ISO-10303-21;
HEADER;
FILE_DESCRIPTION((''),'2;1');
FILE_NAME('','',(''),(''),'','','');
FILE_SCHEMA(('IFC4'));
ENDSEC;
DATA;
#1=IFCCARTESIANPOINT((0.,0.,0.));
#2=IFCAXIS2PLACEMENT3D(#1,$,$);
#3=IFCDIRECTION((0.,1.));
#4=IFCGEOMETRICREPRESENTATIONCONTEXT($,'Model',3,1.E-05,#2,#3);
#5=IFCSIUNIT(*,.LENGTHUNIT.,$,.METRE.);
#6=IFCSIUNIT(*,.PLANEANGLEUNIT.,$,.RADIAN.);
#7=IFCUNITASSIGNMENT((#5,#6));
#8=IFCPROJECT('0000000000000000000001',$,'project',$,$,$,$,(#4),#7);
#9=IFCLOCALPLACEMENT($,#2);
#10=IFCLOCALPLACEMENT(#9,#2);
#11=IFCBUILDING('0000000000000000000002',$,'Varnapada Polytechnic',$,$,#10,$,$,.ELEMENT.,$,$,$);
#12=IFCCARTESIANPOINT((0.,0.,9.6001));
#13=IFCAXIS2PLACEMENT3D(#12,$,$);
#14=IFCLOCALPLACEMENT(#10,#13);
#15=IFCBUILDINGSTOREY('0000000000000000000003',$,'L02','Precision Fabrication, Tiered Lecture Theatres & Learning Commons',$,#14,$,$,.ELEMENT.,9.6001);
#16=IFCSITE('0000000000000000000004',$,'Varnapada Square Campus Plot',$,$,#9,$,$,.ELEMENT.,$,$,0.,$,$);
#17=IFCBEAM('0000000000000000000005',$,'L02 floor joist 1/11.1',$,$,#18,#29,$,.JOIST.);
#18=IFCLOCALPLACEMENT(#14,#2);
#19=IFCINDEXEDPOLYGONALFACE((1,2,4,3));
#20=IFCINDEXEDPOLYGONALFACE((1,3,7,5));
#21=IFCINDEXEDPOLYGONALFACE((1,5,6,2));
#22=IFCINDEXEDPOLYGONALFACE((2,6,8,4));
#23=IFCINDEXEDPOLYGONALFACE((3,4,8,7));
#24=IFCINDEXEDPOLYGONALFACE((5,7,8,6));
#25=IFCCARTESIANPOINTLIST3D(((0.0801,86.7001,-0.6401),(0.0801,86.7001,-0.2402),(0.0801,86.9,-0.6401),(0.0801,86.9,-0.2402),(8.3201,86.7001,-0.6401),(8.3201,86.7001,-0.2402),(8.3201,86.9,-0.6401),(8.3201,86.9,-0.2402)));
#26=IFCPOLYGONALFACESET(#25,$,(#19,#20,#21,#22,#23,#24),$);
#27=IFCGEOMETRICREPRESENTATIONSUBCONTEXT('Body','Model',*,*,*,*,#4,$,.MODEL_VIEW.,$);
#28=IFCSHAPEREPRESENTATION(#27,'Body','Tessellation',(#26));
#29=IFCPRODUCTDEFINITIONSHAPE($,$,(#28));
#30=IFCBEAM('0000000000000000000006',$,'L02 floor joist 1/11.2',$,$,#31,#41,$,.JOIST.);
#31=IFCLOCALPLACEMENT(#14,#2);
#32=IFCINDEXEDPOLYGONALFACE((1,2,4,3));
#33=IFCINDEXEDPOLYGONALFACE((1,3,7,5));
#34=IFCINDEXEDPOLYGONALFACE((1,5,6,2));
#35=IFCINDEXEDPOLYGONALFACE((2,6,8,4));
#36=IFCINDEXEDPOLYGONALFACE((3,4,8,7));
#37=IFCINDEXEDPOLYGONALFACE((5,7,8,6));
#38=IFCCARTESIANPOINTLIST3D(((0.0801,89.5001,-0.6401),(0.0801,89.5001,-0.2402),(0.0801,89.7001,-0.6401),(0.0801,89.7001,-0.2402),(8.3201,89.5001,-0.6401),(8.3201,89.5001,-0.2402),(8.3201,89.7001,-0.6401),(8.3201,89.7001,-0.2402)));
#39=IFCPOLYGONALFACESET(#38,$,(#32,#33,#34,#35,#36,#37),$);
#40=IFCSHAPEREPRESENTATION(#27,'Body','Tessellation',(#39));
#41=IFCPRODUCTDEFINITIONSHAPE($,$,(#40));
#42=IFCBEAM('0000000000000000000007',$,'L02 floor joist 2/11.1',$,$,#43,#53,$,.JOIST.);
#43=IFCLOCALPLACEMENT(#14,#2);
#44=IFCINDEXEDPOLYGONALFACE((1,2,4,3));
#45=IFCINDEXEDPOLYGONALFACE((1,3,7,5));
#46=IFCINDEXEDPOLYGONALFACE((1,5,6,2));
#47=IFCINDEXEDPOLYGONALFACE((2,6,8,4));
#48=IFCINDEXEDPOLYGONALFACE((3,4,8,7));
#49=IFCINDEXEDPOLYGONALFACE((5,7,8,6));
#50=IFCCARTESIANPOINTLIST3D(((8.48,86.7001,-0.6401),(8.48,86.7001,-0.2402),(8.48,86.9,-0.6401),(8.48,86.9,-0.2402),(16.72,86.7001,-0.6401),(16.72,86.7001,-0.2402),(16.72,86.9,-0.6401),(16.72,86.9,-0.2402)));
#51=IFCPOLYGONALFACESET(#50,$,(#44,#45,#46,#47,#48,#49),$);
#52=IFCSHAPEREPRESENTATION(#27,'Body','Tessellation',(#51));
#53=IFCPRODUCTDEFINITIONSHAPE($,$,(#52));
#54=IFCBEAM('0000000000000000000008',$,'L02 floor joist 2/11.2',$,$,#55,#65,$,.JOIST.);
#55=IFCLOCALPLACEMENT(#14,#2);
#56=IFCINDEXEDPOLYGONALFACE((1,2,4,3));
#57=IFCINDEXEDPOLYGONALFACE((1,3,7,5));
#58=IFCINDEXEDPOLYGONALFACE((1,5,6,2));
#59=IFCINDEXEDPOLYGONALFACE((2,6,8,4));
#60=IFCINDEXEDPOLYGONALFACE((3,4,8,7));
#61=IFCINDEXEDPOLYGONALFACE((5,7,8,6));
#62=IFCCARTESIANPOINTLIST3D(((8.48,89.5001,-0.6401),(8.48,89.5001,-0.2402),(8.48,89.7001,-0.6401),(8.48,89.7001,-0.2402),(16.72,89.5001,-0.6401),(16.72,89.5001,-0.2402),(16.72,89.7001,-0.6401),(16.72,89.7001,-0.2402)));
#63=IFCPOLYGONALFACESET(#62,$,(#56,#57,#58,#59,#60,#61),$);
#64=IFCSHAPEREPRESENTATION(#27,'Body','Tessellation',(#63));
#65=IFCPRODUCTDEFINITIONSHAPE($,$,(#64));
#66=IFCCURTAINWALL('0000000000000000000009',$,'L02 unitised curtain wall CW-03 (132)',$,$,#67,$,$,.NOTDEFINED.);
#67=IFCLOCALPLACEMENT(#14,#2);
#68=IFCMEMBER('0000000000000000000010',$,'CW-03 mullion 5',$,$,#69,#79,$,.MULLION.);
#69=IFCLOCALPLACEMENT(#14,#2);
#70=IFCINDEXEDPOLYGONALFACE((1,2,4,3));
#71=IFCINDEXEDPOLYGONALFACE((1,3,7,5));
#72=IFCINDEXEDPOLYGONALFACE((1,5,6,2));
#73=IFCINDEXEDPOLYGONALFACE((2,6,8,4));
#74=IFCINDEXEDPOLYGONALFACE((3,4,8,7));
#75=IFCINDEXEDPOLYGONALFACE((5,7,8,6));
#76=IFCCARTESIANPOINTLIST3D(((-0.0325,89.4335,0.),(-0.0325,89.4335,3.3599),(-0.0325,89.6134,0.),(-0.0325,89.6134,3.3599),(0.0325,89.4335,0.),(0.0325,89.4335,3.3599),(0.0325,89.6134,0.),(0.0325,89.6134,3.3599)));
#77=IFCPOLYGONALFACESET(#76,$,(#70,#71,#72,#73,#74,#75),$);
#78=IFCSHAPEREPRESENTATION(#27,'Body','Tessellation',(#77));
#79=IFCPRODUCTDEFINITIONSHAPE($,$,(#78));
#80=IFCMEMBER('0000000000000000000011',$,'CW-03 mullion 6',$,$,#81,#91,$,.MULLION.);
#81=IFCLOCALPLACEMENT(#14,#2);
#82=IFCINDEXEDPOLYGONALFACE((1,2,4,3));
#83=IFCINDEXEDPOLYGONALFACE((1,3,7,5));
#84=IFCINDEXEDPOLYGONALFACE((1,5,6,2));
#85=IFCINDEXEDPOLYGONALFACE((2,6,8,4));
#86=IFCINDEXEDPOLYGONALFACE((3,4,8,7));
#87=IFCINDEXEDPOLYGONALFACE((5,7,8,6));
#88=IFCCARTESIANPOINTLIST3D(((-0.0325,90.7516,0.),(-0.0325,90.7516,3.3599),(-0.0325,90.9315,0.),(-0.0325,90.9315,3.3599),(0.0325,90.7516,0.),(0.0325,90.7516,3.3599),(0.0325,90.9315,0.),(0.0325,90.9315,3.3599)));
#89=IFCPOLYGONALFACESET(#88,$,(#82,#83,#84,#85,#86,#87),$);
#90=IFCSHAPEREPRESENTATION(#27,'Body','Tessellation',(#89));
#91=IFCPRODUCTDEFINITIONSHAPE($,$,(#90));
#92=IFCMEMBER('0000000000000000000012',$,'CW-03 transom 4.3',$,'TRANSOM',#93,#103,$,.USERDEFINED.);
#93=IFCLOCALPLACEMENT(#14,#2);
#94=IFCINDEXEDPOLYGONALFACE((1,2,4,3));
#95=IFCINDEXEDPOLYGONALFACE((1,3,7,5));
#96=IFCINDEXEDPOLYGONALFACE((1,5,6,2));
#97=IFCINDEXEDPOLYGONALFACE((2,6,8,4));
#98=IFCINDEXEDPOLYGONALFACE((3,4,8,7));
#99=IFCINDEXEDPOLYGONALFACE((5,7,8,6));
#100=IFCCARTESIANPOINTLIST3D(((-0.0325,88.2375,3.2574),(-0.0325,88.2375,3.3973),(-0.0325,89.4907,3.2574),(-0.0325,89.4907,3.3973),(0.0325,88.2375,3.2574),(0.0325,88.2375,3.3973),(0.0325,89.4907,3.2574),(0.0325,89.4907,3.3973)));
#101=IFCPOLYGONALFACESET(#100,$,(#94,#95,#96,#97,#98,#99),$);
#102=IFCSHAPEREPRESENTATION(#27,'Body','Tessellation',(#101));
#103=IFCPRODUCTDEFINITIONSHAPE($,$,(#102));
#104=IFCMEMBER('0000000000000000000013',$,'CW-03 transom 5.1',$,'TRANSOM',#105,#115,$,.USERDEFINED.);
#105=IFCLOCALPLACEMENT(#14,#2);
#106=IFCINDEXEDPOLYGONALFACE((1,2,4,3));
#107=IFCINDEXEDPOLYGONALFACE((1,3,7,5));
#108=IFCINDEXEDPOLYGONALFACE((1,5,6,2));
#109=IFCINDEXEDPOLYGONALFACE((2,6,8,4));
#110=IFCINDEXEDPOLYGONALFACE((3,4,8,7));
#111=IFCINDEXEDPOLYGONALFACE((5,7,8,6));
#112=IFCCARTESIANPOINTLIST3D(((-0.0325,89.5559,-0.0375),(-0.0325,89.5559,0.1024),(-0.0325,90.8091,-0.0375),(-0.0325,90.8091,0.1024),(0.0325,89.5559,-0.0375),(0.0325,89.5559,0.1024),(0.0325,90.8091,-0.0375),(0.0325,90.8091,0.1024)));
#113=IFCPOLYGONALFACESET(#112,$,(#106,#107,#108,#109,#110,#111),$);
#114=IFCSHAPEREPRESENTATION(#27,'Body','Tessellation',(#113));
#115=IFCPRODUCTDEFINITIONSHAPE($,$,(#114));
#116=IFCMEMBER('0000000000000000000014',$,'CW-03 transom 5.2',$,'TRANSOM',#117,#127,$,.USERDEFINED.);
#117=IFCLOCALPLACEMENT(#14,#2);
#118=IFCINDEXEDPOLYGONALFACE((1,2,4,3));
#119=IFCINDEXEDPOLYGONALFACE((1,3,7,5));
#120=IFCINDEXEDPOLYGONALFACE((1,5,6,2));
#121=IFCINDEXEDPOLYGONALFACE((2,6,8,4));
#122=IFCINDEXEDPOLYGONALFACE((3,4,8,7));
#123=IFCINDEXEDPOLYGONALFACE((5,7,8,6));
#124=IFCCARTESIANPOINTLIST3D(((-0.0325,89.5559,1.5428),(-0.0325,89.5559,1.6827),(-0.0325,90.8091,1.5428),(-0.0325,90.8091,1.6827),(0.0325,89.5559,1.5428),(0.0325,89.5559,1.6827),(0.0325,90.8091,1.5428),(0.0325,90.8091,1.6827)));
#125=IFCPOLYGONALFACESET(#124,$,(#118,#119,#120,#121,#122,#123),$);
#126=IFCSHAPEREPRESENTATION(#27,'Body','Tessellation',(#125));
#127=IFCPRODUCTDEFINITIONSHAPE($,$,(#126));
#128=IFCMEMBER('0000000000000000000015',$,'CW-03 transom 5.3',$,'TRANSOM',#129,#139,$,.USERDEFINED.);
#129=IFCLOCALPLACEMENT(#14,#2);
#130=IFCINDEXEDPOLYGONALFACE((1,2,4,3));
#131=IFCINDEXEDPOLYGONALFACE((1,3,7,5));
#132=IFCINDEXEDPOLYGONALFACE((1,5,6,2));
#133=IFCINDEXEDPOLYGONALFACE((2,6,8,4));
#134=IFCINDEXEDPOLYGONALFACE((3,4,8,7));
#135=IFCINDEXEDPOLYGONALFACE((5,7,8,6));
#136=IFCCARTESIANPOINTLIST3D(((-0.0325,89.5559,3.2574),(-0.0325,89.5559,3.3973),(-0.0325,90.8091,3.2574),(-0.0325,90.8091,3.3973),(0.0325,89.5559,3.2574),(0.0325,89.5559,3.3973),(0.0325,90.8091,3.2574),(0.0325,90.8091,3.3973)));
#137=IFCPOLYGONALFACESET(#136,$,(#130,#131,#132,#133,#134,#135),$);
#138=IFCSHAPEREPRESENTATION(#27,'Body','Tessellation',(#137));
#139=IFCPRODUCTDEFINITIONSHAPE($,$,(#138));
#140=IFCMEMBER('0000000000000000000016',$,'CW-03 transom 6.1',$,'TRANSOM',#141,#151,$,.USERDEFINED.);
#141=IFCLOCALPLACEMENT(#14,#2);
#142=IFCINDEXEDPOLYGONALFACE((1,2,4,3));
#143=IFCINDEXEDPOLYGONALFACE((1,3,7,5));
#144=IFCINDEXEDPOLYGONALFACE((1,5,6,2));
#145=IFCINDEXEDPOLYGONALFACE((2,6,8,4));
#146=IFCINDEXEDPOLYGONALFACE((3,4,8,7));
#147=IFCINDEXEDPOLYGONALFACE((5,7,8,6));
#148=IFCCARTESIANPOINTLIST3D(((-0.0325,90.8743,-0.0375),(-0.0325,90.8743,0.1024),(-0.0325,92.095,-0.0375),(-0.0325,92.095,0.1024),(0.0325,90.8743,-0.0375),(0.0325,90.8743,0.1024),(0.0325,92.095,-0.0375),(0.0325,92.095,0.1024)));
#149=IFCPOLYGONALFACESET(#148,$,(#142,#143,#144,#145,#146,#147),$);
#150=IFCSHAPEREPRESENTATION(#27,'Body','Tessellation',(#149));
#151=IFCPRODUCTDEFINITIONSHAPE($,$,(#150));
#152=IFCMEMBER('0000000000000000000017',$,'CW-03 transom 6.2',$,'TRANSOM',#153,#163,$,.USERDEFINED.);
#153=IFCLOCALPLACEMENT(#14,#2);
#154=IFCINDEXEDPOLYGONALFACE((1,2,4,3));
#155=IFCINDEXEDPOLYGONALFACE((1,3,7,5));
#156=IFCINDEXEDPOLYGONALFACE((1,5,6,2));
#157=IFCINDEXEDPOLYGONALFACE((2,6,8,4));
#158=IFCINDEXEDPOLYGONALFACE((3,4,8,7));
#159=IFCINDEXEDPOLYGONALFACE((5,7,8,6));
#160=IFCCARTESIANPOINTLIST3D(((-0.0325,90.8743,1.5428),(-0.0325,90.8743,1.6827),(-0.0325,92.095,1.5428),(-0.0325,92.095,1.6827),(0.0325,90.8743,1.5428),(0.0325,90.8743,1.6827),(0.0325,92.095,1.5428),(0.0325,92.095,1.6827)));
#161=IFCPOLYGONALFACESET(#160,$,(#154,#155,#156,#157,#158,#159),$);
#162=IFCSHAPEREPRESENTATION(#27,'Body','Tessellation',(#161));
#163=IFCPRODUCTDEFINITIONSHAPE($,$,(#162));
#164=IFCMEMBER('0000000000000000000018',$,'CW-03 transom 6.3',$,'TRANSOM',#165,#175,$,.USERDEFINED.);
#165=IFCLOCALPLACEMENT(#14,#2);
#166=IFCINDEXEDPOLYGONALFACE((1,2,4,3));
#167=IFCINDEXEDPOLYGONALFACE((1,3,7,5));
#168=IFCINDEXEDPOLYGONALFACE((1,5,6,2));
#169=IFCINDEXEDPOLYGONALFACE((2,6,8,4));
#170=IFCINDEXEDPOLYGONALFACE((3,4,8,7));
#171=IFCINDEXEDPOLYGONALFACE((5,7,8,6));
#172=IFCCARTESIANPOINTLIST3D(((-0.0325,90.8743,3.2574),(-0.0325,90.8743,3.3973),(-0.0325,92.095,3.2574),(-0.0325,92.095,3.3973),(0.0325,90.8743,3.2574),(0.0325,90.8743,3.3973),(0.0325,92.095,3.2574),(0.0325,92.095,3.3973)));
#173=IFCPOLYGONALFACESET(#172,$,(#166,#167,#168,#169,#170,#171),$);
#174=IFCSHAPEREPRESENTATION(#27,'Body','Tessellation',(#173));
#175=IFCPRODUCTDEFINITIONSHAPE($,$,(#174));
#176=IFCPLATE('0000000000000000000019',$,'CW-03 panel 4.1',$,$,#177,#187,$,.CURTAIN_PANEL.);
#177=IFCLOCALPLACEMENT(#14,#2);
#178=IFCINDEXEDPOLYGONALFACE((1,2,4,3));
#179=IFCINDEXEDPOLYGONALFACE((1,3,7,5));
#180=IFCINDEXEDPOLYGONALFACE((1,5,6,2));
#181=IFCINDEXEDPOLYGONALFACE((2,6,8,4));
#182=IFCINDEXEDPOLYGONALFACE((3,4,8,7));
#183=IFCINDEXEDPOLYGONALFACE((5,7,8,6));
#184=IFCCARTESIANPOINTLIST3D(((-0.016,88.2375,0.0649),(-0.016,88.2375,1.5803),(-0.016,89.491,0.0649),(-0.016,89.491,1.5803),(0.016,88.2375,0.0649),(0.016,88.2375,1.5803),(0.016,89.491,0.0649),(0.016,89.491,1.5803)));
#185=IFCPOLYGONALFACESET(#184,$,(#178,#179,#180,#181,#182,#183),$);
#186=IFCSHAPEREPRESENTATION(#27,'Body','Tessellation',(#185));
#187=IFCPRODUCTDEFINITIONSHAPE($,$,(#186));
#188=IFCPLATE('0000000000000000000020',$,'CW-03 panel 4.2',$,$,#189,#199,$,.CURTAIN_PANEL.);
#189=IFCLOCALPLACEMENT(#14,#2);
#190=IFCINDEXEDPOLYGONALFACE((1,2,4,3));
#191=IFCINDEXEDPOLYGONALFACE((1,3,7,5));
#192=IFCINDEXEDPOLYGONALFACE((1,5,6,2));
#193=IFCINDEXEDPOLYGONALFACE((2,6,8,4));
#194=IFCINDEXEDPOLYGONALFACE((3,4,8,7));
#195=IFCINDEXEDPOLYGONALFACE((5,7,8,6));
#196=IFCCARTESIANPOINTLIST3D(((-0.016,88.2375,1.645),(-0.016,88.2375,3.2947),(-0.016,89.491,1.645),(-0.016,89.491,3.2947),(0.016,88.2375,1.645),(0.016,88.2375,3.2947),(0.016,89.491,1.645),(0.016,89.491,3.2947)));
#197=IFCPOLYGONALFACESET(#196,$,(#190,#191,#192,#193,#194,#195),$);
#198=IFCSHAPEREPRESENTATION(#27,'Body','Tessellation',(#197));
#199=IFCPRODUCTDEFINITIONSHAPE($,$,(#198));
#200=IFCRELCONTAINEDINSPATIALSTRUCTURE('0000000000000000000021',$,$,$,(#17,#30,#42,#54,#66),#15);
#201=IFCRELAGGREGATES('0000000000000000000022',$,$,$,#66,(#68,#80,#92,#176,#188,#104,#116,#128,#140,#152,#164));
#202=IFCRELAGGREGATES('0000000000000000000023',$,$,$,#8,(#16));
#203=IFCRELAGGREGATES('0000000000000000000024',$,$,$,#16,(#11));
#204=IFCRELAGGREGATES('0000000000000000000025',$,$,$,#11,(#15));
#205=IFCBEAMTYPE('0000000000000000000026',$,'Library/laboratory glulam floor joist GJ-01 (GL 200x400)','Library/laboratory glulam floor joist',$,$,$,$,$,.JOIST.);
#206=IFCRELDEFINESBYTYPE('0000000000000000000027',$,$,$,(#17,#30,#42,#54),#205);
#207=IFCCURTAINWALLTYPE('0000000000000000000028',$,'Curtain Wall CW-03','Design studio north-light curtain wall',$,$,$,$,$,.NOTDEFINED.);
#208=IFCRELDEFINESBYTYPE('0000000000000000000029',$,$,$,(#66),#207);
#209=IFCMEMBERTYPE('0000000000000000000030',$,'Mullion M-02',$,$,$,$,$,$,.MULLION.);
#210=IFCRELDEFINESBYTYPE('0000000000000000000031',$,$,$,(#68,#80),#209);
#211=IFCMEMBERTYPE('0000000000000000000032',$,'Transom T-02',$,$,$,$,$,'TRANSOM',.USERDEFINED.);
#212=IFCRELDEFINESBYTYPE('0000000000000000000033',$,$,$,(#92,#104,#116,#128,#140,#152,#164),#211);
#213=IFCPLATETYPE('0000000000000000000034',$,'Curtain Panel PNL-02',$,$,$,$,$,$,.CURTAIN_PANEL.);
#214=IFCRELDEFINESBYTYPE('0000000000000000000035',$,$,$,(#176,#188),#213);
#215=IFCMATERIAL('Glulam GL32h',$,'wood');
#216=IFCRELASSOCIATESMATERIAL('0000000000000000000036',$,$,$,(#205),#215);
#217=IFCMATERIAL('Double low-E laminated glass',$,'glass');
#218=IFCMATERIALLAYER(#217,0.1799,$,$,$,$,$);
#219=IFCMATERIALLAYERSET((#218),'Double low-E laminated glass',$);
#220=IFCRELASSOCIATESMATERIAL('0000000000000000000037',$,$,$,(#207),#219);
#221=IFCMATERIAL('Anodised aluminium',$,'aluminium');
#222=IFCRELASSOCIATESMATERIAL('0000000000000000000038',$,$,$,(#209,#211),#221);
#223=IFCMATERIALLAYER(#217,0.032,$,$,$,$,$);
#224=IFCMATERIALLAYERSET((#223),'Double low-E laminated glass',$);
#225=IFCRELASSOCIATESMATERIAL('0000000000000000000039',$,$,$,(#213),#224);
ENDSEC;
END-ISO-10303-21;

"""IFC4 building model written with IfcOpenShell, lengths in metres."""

from ifc_helpers import new_model, si_unit, direction, frame, origin, origin_2d, place, context, subcontext, project, spatial, rectangle, extrude, material, layer, layer_set, material_profile, profile_set, type_object, element, aggregate, save


model = new_model("IFC4")

# Units and contexts
model_context = context("Model", 3, precision=1e-05, world=origin(), true_north=direction((0.0, 1.0)))
body_context = subcontext(model_context, "Body", "Model", "MODEL_VIEW")
ifc_project = project(units=[si_unit("LENGTHUNIT", "METRE"), si_unit("PLANEANGLEUNIT", "RADIAN")], contexts=[model_context])

# Site, building, storey
site_placement = place(None, origin())
site = spatial("IfcSite", under=ifc_project, at=site_placement, Name="Varnapada Square Campus Plot", CompositionType="ELEMENT", RefElevation=0.0)
building_placement = place(site_placement, origin())
building = spatial("IfcBuilding", under=site, at=building_placement, Name="Varnapada Polytechnic", CompositionType="ELEMENT")
storey_placement = place(building_placement, frame((0.0, 0.0, 9.6001)))
storey = spatial("IfcBuildingStorey", under=building, at=storey_placement, Name="L02", Description="Precision Fabrication, Tiered Lecture Theatres & Learning Commons", CompositionType="ELEMENT", Elevation=9.6001)

# Beams
ifc_material_1 = material(Name="Glulam GL32h", Category="wood")
ifc_material_profile_1 = material_profile(ifc_material_1, rectangle(XDim=0.2, YDim=0.3999, at=origin_2d()), Name="GL 200x400")
ifc_profile_set_1 = profile_set([ifc_material_profile_1], Name="Glulam GL32h")
beam_type = type_object("IfcBeamType", Name="Library/laboratory glulam floor joist GJ-01 (GL 200x400)", Description="Library/laboratory glulam floor joist", PredefinedType="JOIST", material=ifc_profile_set_1)
for number, where, z_axis, x_axis, name in (
    (1, (0.0801, 86.8, -0.4402), (1.0, 0.0, 0.0), (0.0, 1.0, 0.0), "L02 floor joist 1/11.1"),
    (2, (0.0801, 89.6001, -0.4402), (1.0, 0.0, 0.0), (0.0, 1.0, 0.0), "L02 floor joist 1/11.2"),
    (3, (8.48, 86.8, -0.4402), (1.0, 0.0, 0.0), (0.0, 1.0, 0.0), "L02 floor joist 2/11.1"),
    (4, (8.48, 89.6001, -0.4402), (1.0, 0.0, 0.0), (0.0, 1.0, 0.0), "L02 floor joist 2/11.2"),
):
    element("IfcBeam", number, at=place(storey_placement, frame(where, z_axis=z_axis, x_axis=x_axis)), inside=storey, type_object=beam_type, Name=name, PredefinedType="JOIST", context=body_context, shape_type="SweptSolid", body=[
        extrude(rectangle(XDim=0.2, YDim=0.3999, at=origin_2d()), origin(), (0.0, 0.0, 1.0), 8.24),
    ])

# Curtain wall, members, plates
ifc_material_2 = material(Name="Double low-E laminated glass", Category="glass")
ifc_layer_1 = layer(ifc_material_2, 0.1799)
ifc_layer_set_1 = layer_set([ifc_layer_1], Name="Double low-E laminated glass")
curtain_wall_type = type_object("IfcCurtainWallType", Name="Curtain Wall CW-03", Description="Design studio north-light curtain wall", PredefinedType="NOTDEFINED", material=ifc_layer_set_1)
curtain_wall_placement = place(storey_placement, origin())
curtain_wall = element("IfcCurtainWall", 5, at=curtain_wall_placement, inside=storey, type_object=curtain_wall_type, Name="L02 unitised curtain wall CW-03 (132)", PredefinedType="NOTDEFINED")
ifc_material_3 = material(Name="Anodised aluminium", Category="aluminium")
ifc_material_profile_2 = material_profile(ifc_material_3, rectangle(XDim=0.0649, YDim=0.1799, at=origin_2d()), Name="ALU M65x180")
ifc_profile_set_2 = profile_set([ifc_material_profile_2], Name="Anodised aluminium")
member_type_1 = type_object("IfcMemberType", Name="Mullion M-02", PredefinedType="MULLION", material=ifc_profile_set_2)
member_1_placement = place(storey_placement, frame((0.0, 89.5234, 0.0), z_axis=(0.0, 0.0, 1.0), x_axis=(-1.0, 0.0, 0.0)))
member_1 = element("IfcMember", 6, at=member_1_placement, type_object=member_type_1, Name="CW-03 mullion 5", PredefinedType="MULLION", context=body_context, shape_type="SweptSolid", body=[
    extrude(rectangle(XDim=0.0649, YDim=0.1799, at=origin_2d()), origin(), (0.0, 0.0, 1.0), 3.3599),
])
member_2_placement = place(storey_placement, frame((0.0, 90.8416, 0.0), z_axis=(0.0, 0.0, 1.0), x_axis=(-1.0, 0.0, 0.0)))
member_2 = element("IfcMember", 7, at=member_2_placement, type_object=member_type_1, Name="CW-03 mullion 6", PredefinedType="MULLION", context=body_context, shape_type="SweptSolid", body=[
    extrude(rectangle(XDim=0.0649, YDim=0.1799, at=origin_2d()), origin(), (0.0, 0.0, 1.0), 3.3599),
])
ifc_material_profile_3 = material_profile(ifc_material_3, rectangle(XDim=0.0649, YDim=0.1399, at=origin_2d()), Name="ALU T65x140")
ifc_profile_set_3 = profile_set([ifc_material_profile_3], Name="Anodised aluminium")
member_type_2 = type_object("IfcMemberType", Name="Transom T-02", ElementType="TRANSOM", PredefinedType="USERDEFINED", material=ifc_profile_set_3)
member_3_placement = place(storey_placement, frame((0.0, 88.2375, 3.3274), z_axis=(0.0, 1.0, 0.0), x_axis=(-1.0, 0.0, 0.0)))
member_3 = element("IfcMember", 8, at=member_3_placement, type_object=member_type_2, Name="CW-03 transom 4.3", ObjectType="TRANSOM", PredefinedType="USERDEFINED", context=body_context, shape_type="SweptSolid", body=[
    extrude(rectangle(XDim=0.0649, YDim=0.1399, at=origin_2d()), origin(), (0.0, 0.0, 1.0), 1.2532),
])
member_4_placement = place(storey_placement, frame((0.0, 89.5559, 0.0325), z_axis=(0.0, 1.0, 0.0), x_axis=(-1.0, 0.0, 0.0)))
member_4 = element("IfcMember", 9, at=member_4_placement, type_object=member_type_2, Name="CW-03 transom 5.1", ObjectType="TRANSOM", PredefinedType="USERDEFINED", context=body_context, shape_type="SweptSolid", body=[
    extrude(rectangle(XDim=0.0649, YDim=0.1399, at=origin_2d()), origin(), (0.0, 0.0, 1.0), 1.2532),
])
member_5_placement = place(storey_placement, frame((0.0, 89.5559, 1.6128), z_axis=(0.0, 1.0, 0.0), x_axis=(-1.0, 0.0, 0.0)))
member_5 = element("IfcMember", 10, at=member_5_placement, type_object=member_type_2, Name="CW-03 transom 5.2", ObjectType="TRANSOM", PredefinedType="USERDEFINED", context=body_context, shape_type="SweptSolid", body=[
    extrude(rectangle(XDim=0.0649, YDim=0.1399, at=origin_2d()), origin(), (0.0, 0.0, 1.0), 1.2532),
])
member_6_placement = place(storey_placement, frame((0.0, 89.5559, 3.3274), z_axis=(0.0, 1.0, 0.0), x_axis=(-1.0, 0.0, 0.0)))
member_6 = element("IfcMember", 11, at=member_6_placement, type_object=member_type_2, Name="CW-03 transom 5.3", ObjectType="TRANSOM", PredefinedType="USERDEFINED", context=body_context, shape_type="SweptSolid", body=[
    extrude(rectangle(XDim=0.0649, YDim=0.1399, at=origin_2d()), origin(), (0.0, 0.0, 1.0), 1.2532),
])
member_7_placement = place(storey_placement, frame((0.0, 90.8743, 0.0325), z_axis=(0.0, 1.0, 0.0), x_axis=(-1.0, 0.0, 0.0)))
member_7 = element("IfcMember", 12, at=member_7_placement, type_object=member_type_2, Name="CW-03 transom 6.1", ObjectType="TRANSOM", PredefinedType="USERDEFINED", context=body_context, shape_type="SweptSolid", body=[
    extrude(rectangle(XDim=0.0649, YDim=0.1399, at=origin_2d()), origin(), (0.0, 0.0, 1.0), 1.2207),
])
member_8_placement = place(storey_placement, frame((0.0, 90.8743, 1.6128), z_axis=(0.0, 1.0, 0.0), x_axis=(-1.0, 0.0, 0.0)))
member_8 = element("IfcMember", 13, at=member_8_placement, type_object=member_type_2, Name="CW-03 transom 6.2", ObjectType="TRANSOM", PredefinedType="USERDEFINED", context=body_context, shape_type="SweptSolid", body=[
    extrude(rectangle(XDim=0.0649, YDim=0.1399, at=origin_2d()), origin(), (0.0, 0.0, 1.0), 1.2207),
])
member_9_placement = place(storey_placement, frame((0.0, 90.8743, 3.3274), z_axis=(0.0, 1.0, 0.0), x_axis=(-1.0, 0.0, 0.0)))
member_9 = element("IfcMember", 14, at=member_9_placement, type_object=member_type_2, Name="CW-03 transom 6.3", ObjectType="TRANSOM", PredefinedType="USERDEFINED", context=body_context, shape_type="SweptSolid", body=[
    extrude(rectangle(XDim=0.0649, YDim=0.1399, at=origin_2d()), origin(), (0.0, 0.0, 1.0), 1.2207),
])
ifc_layer_2 = layer(ifc_material_2, 0.032)
ifc_layer_set_2 = layer_set([ifc_layer_2], Name="Double low-E laminated glass")
plate_type = type_object("IfcPlateType", Name="Curtain Panel PNL-02", PredefinedType="CURTAIN_PANEL", material=ifc_layer_set_2)
plate_1_placement = place(storey_placement, frame((0.0, 88.8643, 0.0649), z_axis=(0.0, 0.0, 1.0), x_axis=(0.0, 1.0, 0.0)))
plate_1 = element("IfcPlate", 15, at=plate_1_placement, type_object=plate_type, Name="CW-03 panel 4.1", PredefinedType="CURTAIN_PANEL", context=body_context, shape_type="SweptSolid", body=[
    extrude(rectangle(XDim=1.2534, YDim=0.032, at=origin_2d()), origin(), (0.0, 0.0, 1.0), 1.5154),
])
plate_2_placement = place(storey_placement, frame((0.0, 88.8643, 1.645), z_axis=(0.0, 0.0, 1.0), x_axis=(0.0, 1.0, 0.0)))
plate_2 = element("IfcPlate", 16, at=plate_2_placement, type_object=plate_type, Name="CW-03 panel 4.2", PredefinedType="CURTAIN_PANEL", context=body_context, shape_type="SweptSolid", body=[
    extrude(rectangle(XDim=1.2534, YDim=0.032, at=origin_2d()), origin(), (0.0, 0.0, 1.0), 1.6497),
])
aggregate(curtain_wall, [member_1, member_2, member_3, plate_1, plate_2, member_4, member_5, member_6, member_7, member_8, member_9])

save(model, "model.ifc")
